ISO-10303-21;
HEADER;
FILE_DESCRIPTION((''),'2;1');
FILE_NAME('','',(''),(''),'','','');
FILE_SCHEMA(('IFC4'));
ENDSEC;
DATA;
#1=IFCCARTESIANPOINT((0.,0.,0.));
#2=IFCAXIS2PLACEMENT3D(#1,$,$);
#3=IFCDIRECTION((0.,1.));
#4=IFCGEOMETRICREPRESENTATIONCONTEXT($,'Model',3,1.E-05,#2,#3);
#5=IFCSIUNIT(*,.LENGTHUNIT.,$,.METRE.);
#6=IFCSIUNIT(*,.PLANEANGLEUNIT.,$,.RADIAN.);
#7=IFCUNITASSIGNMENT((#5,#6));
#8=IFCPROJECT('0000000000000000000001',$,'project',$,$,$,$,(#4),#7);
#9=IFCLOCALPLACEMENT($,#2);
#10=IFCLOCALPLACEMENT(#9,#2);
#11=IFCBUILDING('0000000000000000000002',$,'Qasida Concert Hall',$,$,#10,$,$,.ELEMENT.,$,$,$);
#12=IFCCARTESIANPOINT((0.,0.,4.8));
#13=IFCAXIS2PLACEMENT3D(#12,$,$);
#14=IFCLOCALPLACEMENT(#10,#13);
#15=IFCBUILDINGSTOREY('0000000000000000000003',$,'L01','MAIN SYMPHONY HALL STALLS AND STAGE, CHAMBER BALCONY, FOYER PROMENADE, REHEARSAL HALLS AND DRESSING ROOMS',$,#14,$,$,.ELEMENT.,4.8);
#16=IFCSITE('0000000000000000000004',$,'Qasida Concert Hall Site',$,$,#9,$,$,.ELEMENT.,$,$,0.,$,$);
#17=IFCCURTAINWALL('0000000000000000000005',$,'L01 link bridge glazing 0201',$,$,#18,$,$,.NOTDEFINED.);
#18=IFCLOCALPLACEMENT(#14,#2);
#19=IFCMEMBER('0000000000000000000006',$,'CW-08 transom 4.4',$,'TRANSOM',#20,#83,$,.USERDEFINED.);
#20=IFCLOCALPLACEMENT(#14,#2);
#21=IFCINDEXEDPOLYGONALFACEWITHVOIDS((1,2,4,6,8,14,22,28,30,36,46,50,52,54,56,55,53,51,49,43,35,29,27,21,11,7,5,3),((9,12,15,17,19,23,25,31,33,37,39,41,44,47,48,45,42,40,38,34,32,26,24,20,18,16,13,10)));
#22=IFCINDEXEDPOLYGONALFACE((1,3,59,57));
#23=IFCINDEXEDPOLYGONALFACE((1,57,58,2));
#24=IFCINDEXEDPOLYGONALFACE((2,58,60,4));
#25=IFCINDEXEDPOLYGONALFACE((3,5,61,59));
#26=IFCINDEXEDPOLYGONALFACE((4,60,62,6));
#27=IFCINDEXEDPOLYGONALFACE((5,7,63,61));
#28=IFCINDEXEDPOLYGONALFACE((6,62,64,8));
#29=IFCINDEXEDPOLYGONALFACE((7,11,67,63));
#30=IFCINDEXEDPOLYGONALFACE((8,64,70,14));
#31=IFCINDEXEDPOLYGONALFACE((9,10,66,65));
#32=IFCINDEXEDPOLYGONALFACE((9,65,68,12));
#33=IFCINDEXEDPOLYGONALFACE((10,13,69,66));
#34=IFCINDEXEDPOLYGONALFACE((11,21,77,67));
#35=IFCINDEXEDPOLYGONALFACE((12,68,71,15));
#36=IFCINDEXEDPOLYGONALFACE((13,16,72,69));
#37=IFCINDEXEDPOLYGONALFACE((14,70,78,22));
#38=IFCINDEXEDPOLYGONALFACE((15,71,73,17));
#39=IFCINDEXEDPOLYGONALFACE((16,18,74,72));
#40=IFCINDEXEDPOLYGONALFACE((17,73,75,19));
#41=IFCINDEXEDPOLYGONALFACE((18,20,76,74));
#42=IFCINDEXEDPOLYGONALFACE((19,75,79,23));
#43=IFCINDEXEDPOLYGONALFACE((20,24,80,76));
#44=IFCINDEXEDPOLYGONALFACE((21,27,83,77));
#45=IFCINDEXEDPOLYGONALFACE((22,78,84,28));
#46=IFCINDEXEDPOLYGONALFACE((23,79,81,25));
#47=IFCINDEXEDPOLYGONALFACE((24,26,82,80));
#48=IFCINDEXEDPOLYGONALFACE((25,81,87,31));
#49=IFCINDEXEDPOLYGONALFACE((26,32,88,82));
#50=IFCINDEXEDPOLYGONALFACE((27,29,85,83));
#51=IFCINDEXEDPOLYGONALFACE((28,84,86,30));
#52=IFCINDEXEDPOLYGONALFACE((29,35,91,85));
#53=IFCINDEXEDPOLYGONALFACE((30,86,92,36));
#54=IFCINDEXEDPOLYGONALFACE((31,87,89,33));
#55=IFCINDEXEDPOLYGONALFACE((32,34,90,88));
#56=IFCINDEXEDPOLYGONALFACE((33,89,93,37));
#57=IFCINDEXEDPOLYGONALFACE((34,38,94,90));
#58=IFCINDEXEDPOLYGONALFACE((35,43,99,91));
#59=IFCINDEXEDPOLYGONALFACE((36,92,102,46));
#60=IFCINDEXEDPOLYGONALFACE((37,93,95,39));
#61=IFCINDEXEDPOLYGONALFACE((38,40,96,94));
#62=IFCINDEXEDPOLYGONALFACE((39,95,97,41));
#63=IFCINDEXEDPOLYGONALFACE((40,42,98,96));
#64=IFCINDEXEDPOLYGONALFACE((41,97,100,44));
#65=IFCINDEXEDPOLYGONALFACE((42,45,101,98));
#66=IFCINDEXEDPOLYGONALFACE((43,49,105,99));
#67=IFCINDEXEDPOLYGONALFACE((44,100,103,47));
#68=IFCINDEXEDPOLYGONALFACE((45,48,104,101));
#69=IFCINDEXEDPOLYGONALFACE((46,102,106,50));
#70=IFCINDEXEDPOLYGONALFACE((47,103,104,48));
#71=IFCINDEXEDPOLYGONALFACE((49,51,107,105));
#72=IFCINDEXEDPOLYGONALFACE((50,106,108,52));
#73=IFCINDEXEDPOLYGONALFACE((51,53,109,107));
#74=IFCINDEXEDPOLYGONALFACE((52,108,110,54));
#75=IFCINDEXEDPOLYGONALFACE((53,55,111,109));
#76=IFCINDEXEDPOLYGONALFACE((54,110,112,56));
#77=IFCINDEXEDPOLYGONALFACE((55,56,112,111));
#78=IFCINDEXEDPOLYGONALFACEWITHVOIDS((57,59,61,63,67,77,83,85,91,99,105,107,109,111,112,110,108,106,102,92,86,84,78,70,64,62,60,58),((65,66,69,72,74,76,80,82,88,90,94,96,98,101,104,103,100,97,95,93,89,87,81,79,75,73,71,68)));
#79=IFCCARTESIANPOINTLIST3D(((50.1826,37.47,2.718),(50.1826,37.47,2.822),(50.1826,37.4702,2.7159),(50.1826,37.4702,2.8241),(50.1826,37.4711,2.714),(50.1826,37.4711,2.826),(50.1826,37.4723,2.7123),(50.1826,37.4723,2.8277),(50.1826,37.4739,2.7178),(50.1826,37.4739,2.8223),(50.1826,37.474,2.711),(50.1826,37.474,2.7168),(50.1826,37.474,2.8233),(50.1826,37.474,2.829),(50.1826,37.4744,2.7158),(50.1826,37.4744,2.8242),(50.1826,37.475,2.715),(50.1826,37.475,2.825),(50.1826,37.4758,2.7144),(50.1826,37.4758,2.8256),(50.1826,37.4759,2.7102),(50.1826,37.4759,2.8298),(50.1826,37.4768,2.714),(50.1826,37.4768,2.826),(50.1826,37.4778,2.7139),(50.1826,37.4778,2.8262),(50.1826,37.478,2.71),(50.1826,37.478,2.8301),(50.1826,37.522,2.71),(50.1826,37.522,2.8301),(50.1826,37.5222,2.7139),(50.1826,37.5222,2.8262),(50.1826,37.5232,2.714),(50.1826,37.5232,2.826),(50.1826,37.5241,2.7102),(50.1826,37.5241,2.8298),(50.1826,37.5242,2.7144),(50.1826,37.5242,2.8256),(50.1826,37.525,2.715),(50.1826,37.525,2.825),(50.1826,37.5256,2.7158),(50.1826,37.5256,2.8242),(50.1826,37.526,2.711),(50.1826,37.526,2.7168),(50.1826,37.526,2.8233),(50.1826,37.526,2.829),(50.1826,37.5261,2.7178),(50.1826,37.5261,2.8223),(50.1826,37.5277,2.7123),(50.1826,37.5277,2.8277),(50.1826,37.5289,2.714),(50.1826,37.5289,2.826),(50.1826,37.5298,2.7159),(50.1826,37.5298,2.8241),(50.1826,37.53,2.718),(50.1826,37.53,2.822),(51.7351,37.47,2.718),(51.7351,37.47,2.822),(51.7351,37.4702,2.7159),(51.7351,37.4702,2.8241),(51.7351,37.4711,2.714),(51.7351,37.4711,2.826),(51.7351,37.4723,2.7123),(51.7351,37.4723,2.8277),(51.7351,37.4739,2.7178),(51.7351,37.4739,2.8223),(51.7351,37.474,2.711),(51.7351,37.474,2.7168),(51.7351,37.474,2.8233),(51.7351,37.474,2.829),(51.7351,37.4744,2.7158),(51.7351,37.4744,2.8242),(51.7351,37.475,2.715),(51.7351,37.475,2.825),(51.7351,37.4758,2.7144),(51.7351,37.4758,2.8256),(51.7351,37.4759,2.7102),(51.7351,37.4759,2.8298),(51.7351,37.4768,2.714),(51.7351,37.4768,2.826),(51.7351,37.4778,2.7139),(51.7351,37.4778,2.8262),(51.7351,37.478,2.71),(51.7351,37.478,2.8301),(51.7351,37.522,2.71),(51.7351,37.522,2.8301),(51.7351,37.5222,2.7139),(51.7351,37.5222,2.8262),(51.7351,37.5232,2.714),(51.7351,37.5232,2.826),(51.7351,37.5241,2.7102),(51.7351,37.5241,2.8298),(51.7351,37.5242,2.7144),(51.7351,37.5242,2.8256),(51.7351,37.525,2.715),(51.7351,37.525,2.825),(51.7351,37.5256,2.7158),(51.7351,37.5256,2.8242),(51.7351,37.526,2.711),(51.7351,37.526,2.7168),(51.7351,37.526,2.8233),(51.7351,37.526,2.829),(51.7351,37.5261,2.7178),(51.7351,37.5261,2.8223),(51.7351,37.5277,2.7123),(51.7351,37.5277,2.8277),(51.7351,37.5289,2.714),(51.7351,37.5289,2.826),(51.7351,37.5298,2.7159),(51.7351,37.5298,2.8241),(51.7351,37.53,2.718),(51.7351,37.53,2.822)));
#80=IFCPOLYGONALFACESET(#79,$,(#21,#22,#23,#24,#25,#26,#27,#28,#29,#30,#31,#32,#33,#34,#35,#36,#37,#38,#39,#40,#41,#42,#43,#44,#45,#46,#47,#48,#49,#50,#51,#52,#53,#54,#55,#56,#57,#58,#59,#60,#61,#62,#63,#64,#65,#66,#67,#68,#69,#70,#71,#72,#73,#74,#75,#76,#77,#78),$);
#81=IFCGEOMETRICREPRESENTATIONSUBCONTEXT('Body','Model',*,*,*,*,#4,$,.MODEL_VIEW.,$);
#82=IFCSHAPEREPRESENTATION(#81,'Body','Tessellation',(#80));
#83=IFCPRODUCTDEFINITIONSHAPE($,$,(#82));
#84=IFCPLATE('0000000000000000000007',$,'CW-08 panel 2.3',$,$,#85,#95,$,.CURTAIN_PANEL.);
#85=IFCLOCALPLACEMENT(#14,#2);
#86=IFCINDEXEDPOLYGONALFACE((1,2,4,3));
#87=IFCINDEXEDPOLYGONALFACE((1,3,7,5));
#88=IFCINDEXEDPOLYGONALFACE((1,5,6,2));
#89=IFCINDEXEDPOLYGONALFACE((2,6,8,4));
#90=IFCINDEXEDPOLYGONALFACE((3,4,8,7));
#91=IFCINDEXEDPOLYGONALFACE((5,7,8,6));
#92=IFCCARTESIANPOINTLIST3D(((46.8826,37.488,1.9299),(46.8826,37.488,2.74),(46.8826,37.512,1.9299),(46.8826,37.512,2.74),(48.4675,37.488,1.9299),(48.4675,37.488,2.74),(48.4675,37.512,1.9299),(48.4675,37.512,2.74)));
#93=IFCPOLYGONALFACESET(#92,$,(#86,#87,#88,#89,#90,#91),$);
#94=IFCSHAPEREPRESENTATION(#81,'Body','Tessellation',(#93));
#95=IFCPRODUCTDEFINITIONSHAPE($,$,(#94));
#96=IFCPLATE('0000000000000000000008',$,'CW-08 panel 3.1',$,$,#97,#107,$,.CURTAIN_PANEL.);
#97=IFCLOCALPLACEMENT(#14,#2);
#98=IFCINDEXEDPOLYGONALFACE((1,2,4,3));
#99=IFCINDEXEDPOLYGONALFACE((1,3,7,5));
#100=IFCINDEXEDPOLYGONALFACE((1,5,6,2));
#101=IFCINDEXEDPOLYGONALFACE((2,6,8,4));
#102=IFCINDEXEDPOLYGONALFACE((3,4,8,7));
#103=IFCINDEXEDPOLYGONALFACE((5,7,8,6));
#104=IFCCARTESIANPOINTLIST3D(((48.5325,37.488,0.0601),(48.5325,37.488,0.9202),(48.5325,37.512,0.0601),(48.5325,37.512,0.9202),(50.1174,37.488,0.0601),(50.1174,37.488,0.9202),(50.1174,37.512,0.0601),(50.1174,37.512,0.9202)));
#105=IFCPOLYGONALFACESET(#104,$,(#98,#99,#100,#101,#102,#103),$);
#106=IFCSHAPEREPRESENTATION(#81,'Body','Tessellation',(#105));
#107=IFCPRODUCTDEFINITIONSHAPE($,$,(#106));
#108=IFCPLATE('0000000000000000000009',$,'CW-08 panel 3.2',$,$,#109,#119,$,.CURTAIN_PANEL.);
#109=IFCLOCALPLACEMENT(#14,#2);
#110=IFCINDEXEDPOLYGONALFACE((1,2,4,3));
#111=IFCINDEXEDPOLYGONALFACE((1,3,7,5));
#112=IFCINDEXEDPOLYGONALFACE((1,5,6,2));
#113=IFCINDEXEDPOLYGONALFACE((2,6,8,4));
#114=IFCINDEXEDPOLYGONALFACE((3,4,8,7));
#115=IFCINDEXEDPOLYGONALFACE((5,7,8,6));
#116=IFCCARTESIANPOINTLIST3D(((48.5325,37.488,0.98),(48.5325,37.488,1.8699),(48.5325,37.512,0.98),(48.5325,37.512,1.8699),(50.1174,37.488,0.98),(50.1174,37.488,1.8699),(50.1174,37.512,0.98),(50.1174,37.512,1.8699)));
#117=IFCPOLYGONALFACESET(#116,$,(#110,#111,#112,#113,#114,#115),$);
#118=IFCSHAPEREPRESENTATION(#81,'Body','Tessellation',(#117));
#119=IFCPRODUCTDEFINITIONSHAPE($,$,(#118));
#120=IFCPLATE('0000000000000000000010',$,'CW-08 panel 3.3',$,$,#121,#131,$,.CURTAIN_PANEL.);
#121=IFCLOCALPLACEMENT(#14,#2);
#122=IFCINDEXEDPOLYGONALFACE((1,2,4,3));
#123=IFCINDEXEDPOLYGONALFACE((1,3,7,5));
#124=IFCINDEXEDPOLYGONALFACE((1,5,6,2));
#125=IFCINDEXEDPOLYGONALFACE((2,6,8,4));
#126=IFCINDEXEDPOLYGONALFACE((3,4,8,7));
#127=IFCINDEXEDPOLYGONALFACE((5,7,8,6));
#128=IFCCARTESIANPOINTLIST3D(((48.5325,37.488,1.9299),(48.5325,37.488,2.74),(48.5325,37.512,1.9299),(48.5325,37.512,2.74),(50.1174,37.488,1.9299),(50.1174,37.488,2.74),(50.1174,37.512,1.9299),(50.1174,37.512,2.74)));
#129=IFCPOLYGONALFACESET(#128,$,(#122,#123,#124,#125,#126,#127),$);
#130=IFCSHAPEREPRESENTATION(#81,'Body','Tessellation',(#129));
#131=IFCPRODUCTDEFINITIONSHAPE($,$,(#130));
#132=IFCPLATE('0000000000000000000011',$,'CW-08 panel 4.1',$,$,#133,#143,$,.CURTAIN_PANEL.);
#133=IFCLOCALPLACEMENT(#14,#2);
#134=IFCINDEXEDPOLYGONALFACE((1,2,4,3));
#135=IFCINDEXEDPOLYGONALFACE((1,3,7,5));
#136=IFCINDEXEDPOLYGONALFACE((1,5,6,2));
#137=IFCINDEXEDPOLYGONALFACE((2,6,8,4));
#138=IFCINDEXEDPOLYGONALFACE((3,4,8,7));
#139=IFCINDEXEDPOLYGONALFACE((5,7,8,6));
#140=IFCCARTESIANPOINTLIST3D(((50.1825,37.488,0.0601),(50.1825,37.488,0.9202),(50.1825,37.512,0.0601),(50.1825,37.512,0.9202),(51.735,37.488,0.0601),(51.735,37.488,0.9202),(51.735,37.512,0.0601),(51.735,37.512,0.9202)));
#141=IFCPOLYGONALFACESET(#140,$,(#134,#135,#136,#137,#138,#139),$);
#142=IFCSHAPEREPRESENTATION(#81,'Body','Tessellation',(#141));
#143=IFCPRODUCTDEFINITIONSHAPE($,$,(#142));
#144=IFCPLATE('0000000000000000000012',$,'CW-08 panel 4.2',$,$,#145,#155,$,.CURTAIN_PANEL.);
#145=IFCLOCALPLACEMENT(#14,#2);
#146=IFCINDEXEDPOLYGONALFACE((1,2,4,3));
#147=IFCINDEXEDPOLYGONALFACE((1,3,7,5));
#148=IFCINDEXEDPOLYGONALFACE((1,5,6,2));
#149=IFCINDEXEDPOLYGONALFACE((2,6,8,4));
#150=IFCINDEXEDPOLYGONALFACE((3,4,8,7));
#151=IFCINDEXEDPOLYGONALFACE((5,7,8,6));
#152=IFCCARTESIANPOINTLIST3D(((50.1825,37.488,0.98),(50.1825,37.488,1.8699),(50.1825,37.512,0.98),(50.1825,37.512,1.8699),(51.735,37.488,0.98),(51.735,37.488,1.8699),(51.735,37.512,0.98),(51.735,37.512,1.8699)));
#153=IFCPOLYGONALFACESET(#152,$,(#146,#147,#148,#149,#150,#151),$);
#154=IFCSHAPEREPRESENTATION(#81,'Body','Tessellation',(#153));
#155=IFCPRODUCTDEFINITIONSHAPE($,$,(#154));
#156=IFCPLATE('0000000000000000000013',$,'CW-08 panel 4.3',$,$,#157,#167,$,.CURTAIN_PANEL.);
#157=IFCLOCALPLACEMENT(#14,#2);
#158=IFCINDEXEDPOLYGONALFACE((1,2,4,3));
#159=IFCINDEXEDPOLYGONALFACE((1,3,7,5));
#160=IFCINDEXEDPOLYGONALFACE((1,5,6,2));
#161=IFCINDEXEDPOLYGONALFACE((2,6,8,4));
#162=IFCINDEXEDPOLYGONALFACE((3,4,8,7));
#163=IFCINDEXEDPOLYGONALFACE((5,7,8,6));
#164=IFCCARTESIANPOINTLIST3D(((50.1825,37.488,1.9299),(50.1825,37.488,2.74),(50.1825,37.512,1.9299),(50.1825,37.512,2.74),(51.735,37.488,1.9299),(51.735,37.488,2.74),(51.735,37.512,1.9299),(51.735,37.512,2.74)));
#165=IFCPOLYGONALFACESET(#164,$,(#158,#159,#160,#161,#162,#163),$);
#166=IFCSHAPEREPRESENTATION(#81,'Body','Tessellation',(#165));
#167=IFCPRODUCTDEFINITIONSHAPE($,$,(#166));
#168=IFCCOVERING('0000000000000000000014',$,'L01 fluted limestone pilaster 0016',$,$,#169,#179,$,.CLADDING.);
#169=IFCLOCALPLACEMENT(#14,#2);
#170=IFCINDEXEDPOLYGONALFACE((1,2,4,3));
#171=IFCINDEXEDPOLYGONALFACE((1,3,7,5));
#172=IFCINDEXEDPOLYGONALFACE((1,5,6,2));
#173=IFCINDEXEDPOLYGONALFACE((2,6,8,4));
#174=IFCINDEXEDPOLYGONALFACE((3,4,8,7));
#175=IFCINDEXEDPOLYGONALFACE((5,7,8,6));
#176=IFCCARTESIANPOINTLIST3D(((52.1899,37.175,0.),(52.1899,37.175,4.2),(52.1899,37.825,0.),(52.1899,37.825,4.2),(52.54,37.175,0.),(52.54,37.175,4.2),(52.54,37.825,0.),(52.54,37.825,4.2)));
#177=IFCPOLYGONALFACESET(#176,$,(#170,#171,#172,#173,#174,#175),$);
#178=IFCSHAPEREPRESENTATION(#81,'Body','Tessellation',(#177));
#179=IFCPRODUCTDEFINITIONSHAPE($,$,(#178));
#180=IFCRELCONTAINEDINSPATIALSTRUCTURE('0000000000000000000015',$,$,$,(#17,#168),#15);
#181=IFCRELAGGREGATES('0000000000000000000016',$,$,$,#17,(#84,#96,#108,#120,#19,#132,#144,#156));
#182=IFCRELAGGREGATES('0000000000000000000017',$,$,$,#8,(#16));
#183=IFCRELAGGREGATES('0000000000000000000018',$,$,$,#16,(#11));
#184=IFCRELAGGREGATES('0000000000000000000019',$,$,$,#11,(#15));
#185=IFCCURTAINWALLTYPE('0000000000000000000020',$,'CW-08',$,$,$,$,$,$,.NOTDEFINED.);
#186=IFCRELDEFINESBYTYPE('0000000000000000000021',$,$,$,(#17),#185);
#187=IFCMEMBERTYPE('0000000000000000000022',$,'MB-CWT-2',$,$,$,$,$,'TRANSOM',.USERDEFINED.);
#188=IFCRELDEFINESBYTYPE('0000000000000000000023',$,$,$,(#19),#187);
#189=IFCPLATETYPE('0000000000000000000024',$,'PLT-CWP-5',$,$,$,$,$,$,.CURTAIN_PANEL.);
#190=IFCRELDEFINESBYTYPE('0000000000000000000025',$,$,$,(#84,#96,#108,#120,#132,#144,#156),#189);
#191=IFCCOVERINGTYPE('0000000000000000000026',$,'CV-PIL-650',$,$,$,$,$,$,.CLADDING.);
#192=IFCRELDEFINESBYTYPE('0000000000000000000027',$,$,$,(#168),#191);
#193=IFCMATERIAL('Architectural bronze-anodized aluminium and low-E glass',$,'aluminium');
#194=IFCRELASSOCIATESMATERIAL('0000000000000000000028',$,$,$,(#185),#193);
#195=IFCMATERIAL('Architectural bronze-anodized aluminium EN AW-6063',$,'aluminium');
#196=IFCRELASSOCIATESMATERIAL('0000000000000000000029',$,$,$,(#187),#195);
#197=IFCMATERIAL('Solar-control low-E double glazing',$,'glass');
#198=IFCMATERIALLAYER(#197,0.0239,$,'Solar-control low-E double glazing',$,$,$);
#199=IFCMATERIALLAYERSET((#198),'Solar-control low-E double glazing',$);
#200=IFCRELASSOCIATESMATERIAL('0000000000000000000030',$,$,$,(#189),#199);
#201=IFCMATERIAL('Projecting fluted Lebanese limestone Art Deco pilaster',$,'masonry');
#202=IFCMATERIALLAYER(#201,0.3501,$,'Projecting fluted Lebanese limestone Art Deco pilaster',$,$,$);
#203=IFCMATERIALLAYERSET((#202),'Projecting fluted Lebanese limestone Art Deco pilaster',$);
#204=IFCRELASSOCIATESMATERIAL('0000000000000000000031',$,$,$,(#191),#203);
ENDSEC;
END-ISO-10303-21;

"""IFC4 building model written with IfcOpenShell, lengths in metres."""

from ifc_helpers import new_model, si_unit, direction, frame, origin, origin_2d, place, context, subcontext, project, spatial, rectangle, hollow_rectangle, extrude, material, layer, layer_set, material_profile, profile_set, type_object, element, aggregate, save


model = new_model("IFC4")

# Units and contexts
model_context = context("Model", 3, precision=1e-05, world=origin(), true_north=direction((0.0, 1.0)))
body_context = subcontext(model_context, "Body", "Model", "MODEL_VIEW")
ifc_project = project(units=[si_unit("LENGTHUNIT", "METRE"), si_unit("PLANEANGLEUNIT", "RADIAN")], contexts=[model_context])

# Site, building, storey
site_placement = place(None, origin())
site = spatial("IfcSite", under=ifc_project, at=site_placement, Name="Qasida Concert Hall Site", CompositionType="ELEMENT", RefElevation=0.0)
building_placement = place(site_placement, origin())
building = spatial("IfcBuilding", under=site, at=building_placement, Name="Qasida Concert Hall", CompositionType="ELEMENT")
storey_placement = place(building_placement, frame((0.0, 0.0, 4.8)))
storey = spatial("IfcBuildingStorey", under=building, at=storey_placement, Name="L01", Description="MAIN SYMPHONY HALL STALLS AND STAGE, CHAMBER BALCONY, FOYER PROMENADE, REHEARSAL HALLS AND DRESSING ROOMS", CompositionType="ELEMENT", Elevation=4.8)

# Shared definitions
ifc_material_1 = material(Name="Architectural bronze-anodized aluminium and low-E glass", Category="aluminium")
ifc_material_2 = material(Name="Architectural bronze-anodized aluminium EN AW-6063", Category="aluminium")

# Curtain wall
curtain_wall_type_1 = type_object("IfcCurtainWallType", Name="CW-08", PredefinedType="NOTDEFINED", material=ifc_material_1)
curtain_wall_1_placement = place(storey_placement, origin())
curtain_wall_1 = element("IfcCurtainWall", 1, at=curtain_wall_1_placement, inside=storey, type_object=curtain_wall_type_1, Name="L01 link bridge glazing 0201", PredefinedType="NOTDEFINED")

# Member
ifc_material_profile_1 = material_profile(ifc_material_2, hollow_rectangle(XDim=0.0601, YDim=0.1201, WallThickness=0.0039, InnerFilletRadius=0.0039, OuterFilletRadius=0.0081, at=origin_2d()), Name="CWT 120x60x4")
ifc_profile_set_1 = profile_set([ifc_material_profile_1], Name="Architectural bronze-anodized aluminium EN AW-6063")
member_type_1 = type_object("IfcMemberType", Name="MB-CWT-2", ElementType="TRANSOM", PredefinedType="USERDEFINED", material=ifc_profile_set_1)
member_1_placement = place(storey_placement, frame((50.1826, 37.5, 2.77), z_axis=(1.0, 0.0, 0.0), x_axis=(0.0, 1.0, 0.0)))
member_1 = element("IfcMember", 2, at=member_1_placement, type_object=member_type_1, Name="CW-08 transom 4.4", ObjectType="TRANSOM", PredefinedType="USERDEFINED", context=body_context, shape_type="SweptSolid", body=[
    extrude(hollow_rectangle(XDim=0.0601, YDim=0.1201, WallThickness=0.0039, InnerFilletRadius=0.0039, OuterFilletRadius=0.0081, at=origin_2d()), origin(), (0.0, 0.0, 1.0), 1.5525),
])

# Plates
ifc_material_3 = material(Name="Solar-control low-E double glazing", Category="glass")
ifc_layer_1 = layer(ifc_material_3, 0.0239, Name="Solar-control low-E double glazing")
ifc_layer_set_1 = layer_set([ifc_layer_1], Name="Solar-control low-E double glazing")
plate_type = type_object("IfcPlateType", Name="PLT-CWP-5", PredefinedType="CURTAIN_PANEL", material=ifc_layer_set_1)
plate_1_placement = place(storey_placement, frame((47.675, 37.5, 1.9299), z_axis=(0.0, 0.0, 1.0), x_axis=(1.0, 0.0, 0.0)))
plate_1 = element("IfcPlate", 3, at=plate_1_placement, type_object=plate_type, Name="CW-08 panel 2.3", PredefinedType="CURTAIN_PANEL", context=body_context, shape_type="SweptSolid", body=[
    extrude(rectangle(XDim=1.585, YDim=0.0239, at=origin_2d()), origin(), (0.0, 0.0, 1.0), 0.8101),
])
plate_2_placement = place(storey_placement, frame((49.325, 37.5, 0.0601), z_axis=(0.0, 0.0, 1.0), x_axis=(1.0, 0.0, 0.0)))
plate_2 = element("IfcPlate", 4, at=plate_2_placement, type_object=plate_type, Name="CW-08 panel 3.1", PredefinedType="CURTAIN_PANEL", context=body_context, shape_type="SweptSolid", body=[
    extrude(rectangle(XDim=1.585, YDim=0.0239, at=origin_2d()), origin(), (0.0, 0.0, 1.0), 0.8601),
])
plate_3_placement = place(storey_placement, frame((49.325, 37.5, 0.98), z_axis=(0.0, 0.0, 1.0), x_axis=(1.0, 0.0, 0.0)))
plate_3 = element("IfcPlate", 5, at=plate_3_placement, type_object=plate_type, Name="CW-08 panel 3.2", PredefinedType="CURTAIN_PANEL", context=body_context, shape_type="SweptSolid", body=[
    extrude(rectangle(XDim=1.585, YDim=0.0239, at=origin_2d()), origin(), (0.0, 0.0, 1.0), 0.8899),
])
plate_4_placement = place(storey_placement, frame((49.325, 37.5, 1.9299), z_axis=(0.0, 0.0, 1.0), x_axis=(1.0, 0.0, 0.0)))
plate_4 = element("IfcPlate", 6, at=plate_4_placement, type_object=plate_type, Name="CW-08 panel 3.3", PredefinedType="CURTAIN_PANEL", context=body_context, shape_type="SweptSolid", body=[
    extrude(rectangle(XDim=1.585, YDim=0.0239, at=origin_2d()), origin(), (0.0, 0.0, 1.0), 0.8101),
])
plate_5_placement = place(storey_placement, frame((50.9587, 37.5, 0.0601), z_axis=(0.0, 0.0, 1.0), x_axis=(1.0, 0.0, 0.0)))
plate_5 = element("IfcPlate", 7, at=plate_5_placement, type_object=plate_type, Name="CW-08 panel 4.1", PredefinedType="CURTAIN_PANEL", context=body_context, shape_type="SweptSolid", body=[
    extrude(rectangle(XDim=1.5525, YDim=0.0239, at=origin_2d()), origin(), (0.0, 0.0, 1.0), 0.8601),
])
plate_6_placement = place(storey_placement, frame((50.9587, 37.5, 0.98), z_axis=(0.0, 0.0, 1.0), x_axis=(1.0, 0.0, 0.0)))
plate_6 = element("IfcPlate", 8, at=plate_6_placement, type_object=plate_type, Name="CW-08 panel 4.2", PredefinedType="CURTAIN_PANEL", context=body_context, shape_type="SweptSolid", body=[
    extrude(rectangle(XDim=1.5525, YDim=0.0239, at=origin_2d()), origin(), (0.0, 0.0, 1.0), 0.8899),
])
plate_7_placement = place(storey_placement, frame((50.9587, 37.5, 1.9299), z_axis=(0.0, 0.0, 1.0), x_axis=(1.0, 0.0, 0.0)))
plate_7 = element("IfcPlate", 9, at=plate_7_placement, type_object=plate_type, Name="CW-08 panel 4.3", PredefinedType="CURTAIN_PANEL", context=body_context, shape_type="SweptSolid", body=[
    extrude(rectangle(XDim=1.5525, YDim=0.0239, at=origin_2d()), origin(), (0.0, 0.0, 1.0), 0.8101),
])
aggregate(curtain_wall_1, [plate_1, plate_2, plate_3, plate_4, member_1, plate_5, plate_6, plate_7])

# Covering
ifc_material_4 = material(Name="Projecting fluted Lebanese limestone Art Deco pilaster", Category="masonry")
ifc_layer_2 = layer(ifc_material_4, 0.3501, Name="Projecting fluted Lebanese limestone Art Deco pilaster")
ifc_layer_set_2 = layer_set([ifc_layer_2], Name="Projecting fluted Lebanese limestone Art Deco pilaster")
covering_type = type_object("IfcCoveringType", Name="CV-PIL-650", PredefinedType="CLADDING", material=ifc_layer_set_2)
covering_placement = place(storey_placement, frame((52.365, 37.5, 0.0), z_axis=(0.0, 0.0, 1.0), x_axis=(1.0, 0.0, 0.0)))
element("IfcCovering", 10, at=covering_placement, inside=storey, type_object=covering_type, Name="L01 fluted limestone pilaster 0016", PredefinedType="CLADDING", context=body_context, shape_type="SweptSolid", body=[
    extrude(rectangle(XDim=0.3501, YDim=0.6499, at=origin_2d()), origin(), (0.0, 0.0, 1.0), 4.2),
])

save(model, "model.ifc")
